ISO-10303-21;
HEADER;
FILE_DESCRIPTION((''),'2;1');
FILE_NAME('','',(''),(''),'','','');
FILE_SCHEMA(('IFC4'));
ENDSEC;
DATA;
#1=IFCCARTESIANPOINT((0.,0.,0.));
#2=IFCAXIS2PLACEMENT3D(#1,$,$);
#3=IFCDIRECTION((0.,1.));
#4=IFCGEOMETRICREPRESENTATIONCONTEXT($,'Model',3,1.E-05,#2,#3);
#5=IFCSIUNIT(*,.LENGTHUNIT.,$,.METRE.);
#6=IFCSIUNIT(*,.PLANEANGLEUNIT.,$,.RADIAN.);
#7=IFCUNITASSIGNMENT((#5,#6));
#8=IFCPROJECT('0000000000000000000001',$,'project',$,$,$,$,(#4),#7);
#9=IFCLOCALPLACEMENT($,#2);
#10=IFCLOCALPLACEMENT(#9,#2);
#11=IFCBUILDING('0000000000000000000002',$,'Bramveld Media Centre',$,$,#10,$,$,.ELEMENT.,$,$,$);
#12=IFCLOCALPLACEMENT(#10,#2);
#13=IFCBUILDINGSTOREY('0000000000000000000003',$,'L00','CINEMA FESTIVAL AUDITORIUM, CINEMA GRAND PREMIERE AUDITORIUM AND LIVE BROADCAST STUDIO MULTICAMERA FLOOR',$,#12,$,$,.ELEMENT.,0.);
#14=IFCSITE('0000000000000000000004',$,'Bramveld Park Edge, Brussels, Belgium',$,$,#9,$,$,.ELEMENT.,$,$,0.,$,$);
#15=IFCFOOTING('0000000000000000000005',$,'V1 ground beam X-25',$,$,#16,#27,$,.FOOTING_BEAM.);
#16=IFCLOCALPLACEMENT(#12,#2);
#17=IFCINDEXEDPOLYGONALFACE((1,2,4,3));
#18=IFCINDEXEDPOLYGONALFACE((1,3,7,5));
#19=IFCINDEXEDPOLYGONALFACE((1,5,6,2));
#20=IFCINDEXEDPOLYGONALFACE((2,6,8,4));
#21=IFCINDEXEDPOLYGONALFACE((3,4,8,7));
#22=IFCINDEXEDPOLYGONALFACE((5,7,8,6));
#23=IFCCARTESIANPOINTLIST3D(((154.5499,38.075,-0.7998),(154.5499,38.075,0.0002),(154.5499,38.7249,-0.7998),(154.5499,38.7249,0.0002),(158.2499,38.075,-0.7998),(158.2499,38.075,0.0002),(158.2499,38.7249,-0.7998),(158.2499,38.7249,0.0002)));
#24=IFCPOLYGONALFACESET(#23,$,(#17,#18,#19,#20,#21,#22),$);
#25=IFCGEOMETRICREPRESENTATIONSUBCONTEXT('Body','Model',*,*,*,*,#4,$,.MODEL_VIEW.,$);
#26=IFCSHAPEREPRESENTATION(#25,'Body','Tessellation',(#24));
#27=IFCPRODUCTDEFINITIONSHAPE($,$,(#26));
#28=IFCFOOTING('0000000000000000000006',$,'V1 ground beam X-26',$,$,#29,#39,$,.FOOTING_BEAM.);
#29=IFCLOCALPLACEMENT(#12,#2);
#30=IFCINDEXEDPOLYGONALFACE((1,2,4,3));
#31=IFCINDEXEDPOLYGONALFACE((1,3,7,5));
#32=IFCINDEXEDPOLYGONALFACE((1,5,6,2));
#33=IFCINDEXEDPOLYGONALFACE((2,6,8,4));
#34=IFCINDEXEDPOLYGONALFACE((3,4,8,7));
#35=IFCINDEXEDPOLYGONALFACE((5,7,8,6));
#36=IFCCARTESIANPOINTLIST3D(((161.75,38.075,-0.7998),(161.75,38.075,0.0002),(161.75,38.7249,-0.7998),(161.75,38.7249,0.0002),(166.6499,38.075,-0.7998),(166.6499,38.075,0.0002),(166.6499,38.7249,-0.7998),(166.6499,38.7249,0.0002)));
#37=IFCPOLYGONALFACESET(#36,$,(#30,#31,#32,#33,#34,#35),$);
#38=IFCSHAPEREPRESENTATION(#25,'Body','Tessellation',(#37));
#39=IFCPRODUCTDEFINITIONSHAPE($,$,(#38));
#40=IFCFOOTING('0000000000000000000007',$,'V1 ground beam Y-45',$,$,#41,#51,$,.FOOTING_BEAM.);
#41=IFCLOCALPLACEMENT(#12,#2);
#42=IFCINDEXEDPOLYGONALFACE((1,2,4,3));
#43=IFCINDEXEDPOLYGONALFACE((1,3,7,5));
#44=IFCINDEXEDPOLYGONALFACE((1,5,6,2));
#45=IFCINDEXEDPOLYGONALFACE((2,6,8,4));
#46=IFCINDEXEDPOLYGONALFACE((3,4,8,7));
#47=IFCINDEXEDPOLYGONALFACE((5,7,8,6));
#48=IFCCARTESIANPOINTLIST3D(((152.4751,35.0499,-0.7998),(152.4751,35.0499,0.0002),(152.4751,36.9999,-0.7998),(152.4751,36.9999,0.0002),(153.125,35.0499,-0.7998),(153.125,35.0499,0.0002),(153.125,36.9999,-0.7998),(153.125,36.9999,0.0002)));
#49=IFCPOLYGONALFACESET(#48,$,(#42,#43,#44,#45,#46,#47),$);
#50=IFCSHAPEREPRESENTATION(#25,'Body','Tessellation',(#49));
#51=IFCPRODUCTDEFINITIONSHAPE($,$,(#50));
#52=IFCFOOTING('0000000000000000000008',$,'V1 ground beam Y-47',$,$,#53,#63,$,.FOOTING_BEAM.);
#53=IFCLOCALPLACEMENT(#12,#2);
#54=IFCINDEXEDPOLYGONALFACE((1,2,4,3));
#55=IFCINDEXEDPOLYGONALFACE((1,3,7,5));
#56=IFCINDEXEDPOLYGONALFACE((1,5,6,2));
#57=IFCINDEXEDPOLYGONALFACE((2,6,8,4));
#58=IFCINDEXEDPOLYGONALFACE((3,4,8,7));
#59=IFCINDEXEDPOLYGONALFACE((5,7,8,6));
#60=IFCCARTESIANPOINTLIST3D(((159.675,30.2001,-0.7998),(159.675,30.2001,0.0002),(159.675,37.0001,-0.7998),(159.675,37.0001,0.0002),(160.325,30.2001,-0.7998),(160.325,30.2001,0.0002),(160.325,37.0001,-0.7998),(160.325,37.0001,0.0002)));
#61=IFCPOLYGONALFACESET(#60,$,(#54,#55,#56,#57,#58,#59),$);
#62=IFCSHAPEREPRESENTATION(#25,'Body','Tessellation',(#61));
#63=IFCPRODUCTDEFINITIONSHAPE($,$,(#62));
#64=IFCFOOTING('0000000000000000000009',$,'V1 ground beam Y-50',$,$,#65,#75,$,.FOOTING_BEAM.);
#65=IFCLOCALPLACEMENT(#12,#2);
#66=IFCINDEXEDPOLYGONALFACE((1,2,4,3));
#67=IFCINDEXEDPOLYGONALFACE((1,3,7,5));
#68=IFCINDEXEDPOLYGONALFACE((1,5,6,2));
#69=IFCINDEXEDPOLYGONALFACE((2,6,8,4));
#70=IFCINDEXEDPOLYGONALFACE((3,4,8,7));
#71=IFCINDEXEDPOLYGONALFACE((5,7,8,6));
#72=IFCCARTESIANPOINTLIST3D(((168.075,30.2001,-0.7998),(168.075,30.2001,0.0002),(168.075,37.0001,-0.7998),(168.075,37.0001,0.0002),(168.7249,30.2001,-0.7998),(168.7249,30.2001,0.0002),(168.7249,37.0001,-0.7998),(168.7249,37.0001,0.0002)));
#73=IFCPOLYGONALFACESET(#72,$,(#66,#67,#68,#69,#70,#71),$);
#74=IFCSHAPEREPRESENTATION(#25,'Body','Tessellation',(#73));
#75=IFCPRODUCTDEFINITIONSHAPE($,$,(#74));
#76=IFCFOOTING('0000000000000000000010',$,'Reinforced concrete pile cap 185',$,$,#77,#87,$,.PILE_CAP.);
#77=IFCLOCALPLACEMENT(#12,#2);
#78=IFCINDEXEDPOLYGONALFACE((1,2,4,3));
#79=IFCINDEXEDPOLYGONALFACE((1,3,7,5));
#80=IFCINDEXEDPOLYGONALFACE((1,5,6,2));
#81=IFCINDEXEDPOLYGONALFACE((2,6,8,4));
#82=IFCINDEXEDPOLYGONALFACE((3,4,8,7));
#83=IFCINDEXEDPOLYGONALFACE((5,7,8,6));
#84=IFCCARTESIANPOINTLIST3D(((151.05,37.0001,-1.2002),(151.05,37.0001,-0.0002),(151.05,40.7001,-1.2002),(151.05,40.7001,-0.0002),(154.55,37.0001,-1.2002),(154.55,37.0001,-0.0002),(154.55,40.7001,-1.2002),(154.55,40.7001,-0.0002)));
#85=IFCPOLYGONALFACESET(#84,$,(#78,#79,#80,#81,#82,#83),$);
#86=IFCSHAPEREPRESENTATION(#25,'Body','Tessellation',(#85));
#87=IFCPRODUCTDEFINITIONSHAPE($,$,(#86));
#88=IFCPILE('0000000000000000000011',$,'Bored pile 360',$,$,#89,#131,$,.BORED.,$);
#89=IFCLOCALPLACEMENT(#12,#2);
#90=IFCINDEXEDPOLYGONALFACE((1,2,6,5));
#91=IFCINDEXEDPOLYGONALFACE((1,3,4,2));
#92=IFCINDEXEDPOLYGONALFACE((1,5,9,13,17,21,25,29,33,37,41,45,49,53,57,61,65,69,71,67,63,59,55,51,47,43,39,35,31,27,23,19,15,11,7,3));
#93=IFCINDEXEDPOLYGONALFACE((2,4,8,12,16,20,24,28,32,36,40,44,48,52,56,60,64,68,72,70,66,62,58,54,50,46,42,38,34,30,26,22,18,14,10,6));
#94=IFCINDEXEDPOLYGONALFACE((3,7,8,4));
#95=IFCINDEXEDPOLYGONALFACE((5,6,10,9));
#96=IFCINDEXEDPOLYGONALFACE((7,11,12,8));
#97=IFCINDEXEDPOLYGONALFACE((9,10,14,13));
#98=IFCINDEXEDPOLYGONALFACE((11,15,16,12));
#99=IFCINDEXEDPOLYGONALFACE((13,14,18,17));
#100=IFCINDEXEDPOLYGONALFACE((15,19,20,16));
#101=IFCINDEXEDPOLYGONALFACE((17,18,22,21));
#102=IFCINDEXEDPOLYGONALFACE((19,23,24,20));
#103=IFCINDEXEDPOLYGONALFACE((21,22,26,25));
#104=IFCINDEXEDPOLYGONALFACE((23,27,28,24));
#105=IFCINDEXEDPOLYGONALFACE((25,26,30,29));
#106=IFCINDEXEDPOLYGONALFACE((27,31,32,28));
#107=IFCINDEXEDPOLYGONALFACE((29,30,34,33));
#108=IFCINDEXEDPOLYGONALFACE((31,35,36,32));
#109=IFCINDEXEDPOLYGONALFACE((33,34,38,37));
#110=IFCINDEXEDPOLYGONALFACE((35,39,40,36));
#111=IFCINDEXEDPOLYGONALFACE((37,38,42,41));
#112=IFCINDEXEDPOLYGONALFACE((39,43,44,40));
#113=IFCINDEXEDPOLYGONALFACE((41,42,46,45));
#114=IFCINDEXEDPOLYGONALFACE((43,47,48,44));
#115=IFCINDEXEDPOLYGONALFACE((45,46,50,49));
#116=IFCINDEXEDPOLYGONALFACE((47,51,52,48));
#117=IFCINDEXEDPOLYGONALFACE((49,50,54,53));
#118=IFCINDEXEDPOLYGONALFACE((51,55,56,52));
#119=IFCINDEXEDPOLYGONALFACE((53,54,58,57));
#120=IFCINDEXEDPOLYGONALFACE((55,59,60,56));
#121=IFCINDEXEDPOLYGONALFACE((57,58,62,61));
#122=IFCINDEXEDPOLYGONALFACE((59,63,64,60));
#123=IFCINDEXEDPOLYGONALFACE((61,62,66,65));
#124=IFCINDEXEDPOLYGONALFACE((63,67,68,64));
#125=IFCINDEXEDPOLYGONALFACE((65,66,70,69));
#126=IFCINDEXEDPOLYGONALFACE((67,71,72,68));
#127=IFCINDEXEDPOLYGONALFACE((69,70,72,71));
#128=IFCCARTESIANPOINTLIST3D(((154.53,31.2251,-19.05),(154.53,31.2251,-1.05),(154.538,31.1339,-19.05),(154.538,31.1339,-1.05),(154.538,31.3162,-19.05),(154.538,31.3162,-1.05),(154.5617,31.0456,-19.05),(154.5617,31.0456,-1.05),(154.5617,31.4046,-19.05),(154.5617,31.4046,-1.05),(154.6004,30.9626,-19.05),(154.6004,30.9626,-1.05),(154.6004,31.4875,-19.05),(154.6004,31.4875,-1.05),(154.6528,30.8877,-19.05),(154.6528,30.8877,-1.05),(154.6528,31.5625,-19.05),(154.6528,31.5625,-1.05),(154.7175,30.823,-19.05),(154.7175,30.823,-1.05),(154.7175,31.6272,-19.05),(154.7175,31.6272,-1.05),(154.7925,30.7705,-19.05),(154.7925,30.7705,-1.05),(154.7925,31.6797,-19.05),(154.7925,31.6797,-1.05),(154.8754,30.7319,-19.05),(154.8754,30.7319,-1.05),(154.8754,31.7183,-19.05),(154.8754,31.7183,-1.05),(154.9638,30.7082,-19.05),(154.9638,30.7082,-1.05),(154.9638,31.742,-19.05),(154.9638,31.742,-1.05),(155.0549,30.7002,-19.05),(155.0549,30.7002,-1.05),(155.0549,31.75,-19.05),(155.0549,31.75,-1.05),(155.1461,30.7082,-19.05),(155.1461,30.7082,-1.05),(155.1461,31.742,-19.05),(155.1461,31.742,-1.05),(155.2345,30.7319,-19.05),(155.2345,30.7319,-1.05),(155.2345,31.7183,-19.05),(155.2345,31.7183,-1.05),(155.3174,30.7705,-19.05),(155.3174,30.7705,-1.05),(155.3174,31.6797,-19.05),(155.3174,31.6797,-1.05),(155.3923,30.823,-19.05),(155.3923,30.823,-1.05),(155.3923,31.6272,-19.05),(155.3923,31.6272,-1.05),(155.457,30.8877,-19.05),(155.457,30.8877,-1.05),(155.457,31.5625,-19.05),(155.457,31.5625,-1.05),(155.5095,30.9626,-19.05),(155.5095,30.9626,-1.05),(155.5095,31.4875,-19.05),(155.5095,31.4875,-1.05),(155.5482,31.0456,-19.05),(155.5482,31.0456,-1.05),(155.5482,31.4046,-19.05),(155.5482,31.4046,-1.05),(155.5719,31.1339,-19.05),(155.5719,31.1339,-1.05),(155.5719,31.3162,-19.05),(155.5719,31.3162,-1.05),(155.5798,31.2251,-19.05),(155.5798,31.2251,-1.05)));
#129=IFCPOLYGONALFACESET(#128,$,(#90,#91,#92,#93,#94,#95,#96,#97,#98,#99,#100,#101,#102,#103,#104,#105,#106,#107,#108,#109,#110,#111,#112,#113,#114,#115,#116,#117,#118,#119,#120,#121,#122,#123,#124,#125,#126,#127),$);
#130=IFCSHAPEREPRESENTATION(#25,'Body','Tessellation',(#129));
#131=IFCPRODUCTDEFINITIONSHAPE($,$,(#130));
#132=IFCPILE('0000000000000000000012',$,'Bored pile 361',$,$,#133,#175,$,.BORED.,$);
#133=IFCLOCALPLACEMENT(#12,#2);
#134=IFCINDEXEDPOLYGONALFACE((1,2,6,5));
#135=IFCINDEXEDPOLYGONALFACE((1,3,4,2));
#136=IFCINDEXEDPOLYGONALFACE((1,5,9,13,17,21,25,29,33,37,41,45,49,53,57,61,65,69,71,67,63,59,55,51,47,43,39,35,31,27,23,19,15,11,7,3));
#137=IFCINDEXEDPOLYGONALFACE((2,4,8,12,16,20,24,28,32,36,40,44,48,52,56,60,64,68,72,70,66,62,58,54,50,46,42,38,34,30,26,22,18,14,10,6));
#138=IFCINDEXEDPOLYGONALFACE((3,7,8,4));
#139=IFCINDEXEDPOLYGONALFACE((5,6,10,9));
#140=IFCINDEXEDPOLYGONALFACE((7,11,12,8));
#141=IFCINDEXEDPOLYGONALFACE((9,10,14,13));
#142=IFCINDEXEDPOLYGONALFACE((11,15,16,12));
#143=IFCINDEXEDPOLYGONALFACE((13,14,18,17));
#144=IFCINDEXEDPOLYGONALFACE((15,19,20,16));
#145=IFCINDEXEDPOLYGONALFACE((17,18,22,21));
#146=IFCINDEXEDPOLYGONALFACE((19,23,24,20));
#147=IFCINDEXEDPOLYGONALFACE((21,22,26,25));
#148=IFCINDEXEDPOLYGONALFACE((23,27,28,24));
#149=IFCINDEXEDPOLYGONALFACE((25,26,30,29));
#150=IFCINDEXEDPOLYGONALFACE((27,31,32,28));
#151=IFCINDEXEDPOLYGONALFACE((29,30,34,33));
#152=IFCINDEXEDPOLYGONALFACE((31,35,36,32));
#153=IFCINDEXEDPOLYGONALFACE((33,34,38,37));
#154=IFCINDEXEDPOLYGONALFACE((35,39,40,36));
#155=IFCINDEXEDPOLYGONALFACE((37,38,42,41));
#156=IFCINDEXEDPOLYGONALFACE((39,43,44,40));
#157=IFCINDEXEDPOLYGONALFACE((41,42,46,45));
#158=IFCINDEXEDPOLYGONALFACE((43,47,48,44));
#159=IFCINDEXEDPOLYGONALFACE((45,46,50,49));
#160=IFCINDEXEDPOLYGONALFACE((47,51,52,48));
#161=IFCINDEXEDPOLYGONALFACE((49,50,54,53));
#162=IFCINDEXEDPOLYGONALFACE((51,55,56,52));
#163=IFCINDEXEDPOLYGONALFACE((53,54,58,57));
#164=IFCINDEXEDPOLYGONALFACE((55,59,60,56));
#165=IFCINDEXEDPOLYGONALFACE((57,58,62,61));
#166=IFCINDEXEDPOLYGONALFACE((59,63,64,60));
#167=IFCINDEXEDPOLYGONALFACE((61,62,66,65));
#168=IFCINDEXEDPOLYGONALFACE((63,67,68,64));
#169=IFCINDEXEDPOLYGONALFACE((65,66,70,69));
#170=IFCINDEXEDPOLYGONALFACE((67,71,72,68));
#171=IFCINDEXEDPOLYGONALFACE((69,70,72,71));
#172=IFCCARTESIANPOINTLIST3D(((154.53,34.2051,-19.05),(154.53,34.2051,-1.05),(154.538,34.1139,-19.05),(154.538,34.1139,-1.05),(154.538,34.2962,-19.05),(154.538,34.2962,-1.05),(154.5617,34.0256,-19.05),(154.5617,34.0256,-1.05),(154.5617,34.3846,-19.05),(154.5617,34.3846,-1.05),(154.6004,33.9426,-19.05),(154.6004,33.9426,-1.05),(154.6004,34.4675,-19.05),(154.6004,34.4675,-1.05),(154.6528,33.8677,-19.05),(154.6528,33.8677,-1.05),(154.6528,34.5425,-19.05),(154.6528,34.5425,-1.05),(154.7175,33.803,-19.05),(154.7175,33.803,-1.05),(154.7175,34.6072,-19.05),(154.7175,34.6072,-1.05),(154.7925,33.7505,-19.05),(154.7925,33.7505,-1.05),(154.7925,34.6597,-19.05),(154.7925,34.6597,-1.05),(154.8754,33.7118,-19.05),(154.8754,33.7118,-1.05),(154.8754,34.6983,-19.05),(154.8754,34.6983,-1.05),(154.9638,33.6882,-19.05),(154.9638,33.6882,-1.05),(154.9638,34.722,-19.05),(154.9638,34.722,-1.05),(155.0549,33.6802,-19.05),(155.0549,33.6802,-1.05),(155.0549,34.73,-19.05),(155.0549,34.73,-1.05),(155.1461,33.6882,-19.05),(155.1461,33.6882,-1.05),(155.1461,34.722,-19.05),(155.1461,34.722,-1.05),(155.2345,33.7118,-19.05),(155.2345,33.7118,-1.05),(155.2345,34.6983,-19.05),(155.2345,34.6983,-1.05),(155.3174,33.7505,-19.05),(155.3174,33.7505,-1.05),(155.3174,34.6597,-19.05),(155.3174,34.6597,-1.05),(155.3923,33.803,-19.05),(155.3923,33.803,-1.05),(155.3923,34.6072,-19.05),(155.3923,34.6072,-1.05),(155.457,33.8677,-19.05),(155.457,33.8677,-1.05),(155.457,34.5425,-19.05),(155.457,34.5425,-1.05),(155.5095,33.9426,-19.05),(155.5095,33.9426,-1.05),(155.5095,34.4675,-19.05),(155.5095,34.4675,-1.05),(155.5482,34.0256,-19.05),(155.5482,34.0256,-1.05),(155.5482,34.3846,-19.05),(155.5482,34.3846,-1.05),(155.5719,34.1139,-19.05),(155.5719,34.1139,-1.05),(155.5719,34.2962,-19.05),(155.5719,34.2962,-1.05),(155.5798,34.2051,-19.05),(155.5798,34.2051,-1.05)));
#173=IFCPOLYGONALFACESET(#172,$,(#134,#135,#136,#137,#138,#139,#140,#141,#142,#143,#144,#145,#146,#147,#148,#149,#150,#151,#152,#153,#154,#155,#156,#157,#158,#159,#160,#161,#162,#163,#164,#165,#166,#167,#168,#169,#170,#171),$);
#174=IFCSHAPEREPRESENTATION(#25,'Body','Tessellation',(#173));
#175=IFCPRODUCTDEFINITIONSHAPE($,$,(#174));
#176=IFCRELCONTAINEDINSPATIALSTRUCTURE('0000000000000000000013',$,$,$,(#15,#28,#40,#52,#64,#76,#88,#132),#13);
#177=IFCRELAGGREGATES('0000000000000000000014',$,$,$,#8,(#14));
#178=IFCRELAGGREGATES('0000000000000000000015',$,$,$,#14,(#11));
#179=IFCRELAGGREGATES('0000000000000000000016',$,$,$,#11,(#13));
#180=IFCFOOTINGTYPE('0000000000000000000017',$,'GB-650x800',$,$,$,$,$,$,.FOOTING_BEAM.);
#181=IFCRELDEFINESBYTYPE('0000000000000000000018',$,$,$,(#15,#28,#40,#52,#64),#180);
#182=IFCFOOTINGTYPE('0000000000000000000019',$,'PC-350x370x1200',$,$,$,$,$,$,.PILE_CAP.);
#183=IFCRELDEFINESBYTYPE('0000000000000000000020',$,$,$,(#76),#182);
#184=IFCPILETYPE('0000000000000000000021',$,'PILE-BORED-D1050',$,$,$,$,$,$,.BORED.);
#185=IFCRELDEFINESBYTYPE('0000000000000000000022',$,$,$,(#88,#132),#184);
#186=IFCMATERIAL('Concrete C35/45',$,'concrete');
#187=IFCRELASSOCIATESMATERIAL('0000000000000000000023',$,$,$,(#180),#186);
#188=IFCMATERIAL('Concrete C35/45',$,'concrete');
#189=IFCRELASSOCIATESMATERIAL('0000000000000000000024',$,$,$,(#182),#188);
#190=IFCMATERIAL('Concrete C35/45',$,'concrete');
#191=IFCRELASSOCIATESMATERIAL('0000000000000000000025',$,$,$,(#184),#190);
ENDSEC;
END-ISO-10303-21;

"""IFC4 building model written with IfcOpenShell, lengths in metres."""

from ifc_helpers import new_model, si_unit, direction, frame, origin, origin_2d, place, context, subcontext, project, spatial, rectangle, circle, extrude, material, material_profile, profile_set, type_object, element, save


model = new_model("IFC4")

# Units and contexts
model_context = context("Model", 3, precision=1e-05, world=origin(), true_north=direction((0.0, 1.0)))
body_context = subcontext(model_context, "Body", "Model", "MODEL_VIEW")
ifc_project = project(units=[si_unit("LENGTHUNIT", "METRE"), si_unit("PLANEANGLEUNIT", "RADIAN")], contexts=[model_context])

# Site, building, storey
site_placement = place(None, origin())
site = spatial("IfcSite", under=ifc_project, at=site_placement, Name="Bramveld Park Edge, Brussels, Belgium", CompositionType="ELEMENT", RefElevation=0.0)
building_placement = place(site_placement, origin())
building = spatial("IfcBuilding", under=site, at=building_placement, Name="Bramveld Media Centre", CompositionType="ELEMENT")
storey_placement = place(building_placement, origin())
storey = spatial("IfcBuildingStorey", under=building, at=storey_placement, Name="L00", Description="CINEMA FESTIVAL AUDITORIUM, CINEMA GRAND PREMIERE AUDITORIUM AND LIVE BROADCAST STUDIO MULTICAMERA FLOOR", CompositionType="ELEMENT", Elevation=0.0)

# Footings
ifc_material_1 = material(Name="Concrete C35/45", Category="concrete")
footing_type_1 = type_object("IfcFootingType", Name="GB-650x800", PredefinedType="FOOTING_BEAM", material=ifc_material_1)
footing_1_placement = place(storey_placement, frame((156.3999, 38.3999, -0.7998), z_axis=(0.0, 0.0, 1.0), x_axis=(1.0, 0.0, 0.0)))
element("IfcFooting", 1, at=footing_1_placement, inside=storey, type_object=footing_type_1, Name="V1 ground beam X-25", PredefinedType="FOOTING_BEAM", context=body_context, shape_type="SweptSolid", body=[
    extrude(rectangle(XDim=3.7, YDim=0.6499, at=origin_2d()), origin(), (0.0, 0.0, 1.0), 0.8),
])
footing_2_placement = place(storey_placement, frame((164.2, 38.3999, -0.7998), z_axis=(0.0, 0.0, 1.0), x_axis=(1.0, 0.0, 0.0)))
element("IfcFooting", 2, at=footing_2_placement, inside=storey, type_object=footing_type_1, Name="V1 ground beam X-26", PredefinedType="FOOTING_BEAM", context=body_context, shape_type="SweptSolid", body=[
    extrude(rectangle(XDim=4.8999, YDim=0.6499, at=origin_2d()), origin(), (0.0, 0.0, 1.0), 0.8),
])
footing_3_placement = place(storey_placement, frame((152.8, 36.0249, -0.7998), z_axis=(0.0, 0.0, 1.0), x_axis=(1.0, 0.0, 0.0)))
element("IfcFooting", 3, at=footing_3_placement, inside=storey, type_object=footing_type_1, Name="V1 ground beam Y-45", PredefinedType="FOOTING_BEAM", context=body_context, shape_type="SweptSolid", body=[
    extrude(rectangle(XDim=0.6499, YDim=1.95, at=origin_2d()), origin(), (0.0, 0.0, 1.0), 0.8),
])
for number, where, z_axis, x_axis, name in (
    (4, (160.0, 33.6001, -0.7998), (0.0, 0.0, 1.0), (1.0, 0.0, 0.0), "V1 ground beam Y-47"),
    (5, (168.3999, 33.6001, -0.7998), (0.0, 0.0, 1.0), (1.0, 0.0, 0.0), "V1 ground beam Y-50"),
):
    element("IfcFooting", number, at=place(storey_placement, frame(where, z_axis=z_axis, x_axis=x_axis)), inside=storey, type_object=footing_type_1, Name=name, PredefinedType="FOOTING_BEAM", context=body_context, shape_type="SweptSolid", body=[
        extrude(rectangle(XDim=0.6499, YDim=6.8, at=origin_2d()), origin(), (0.0, 0.0, 1.0), 0.8),
    ])
ifc_material_2 = material(Name="Concrete C35/45", Category="concrete")
footing_type_2 = type_object("IfcFootingType", Name="PC-350x370x1200", PredefinedType="PILE_CAP", material=ifc_material_2)
footing_4_placement = place(storey_placement, frame((152.8, 38.8501, -1.2002), z_axis=(0.0, 0.0, 1.0), x_axis=(1.0, 0.0, 0.0)))
element("IfcFooting", 6, at=footing_4_placement, inside=storey, type_object=footing_type_2, Name="Reinforced concrete pile cap 185", PredefinedType="PILE_CAP", context=body_context, shape_type="SweptSolid", body=[
    extrude(rectangle(XDim=3.5, YDim=3.7, at=origin_2d()), origin(), (0.0, 0.0, 1.0), 1.2),
])

# Piles
ifc_material_3 = material(Name="Concrete C35/45", Category="concrete")
ifc_material_profile_1 = material_profile(ifc_material_3, circle(Radius=0.5249, at=origin_2d()), Name="BORED D1050")
ifc_profile_set_1 = profile_set([ifc_material_profile_1], Name="Concrete C35/45")
pile_type_1 = type_object("IfcPileType", Name="PILE-BORED-D1050", PredefinedType="BORED", material=ifc_profile_set_1)
for number, where, z_axis, x_axis, name in (
    (7, (155.0549, 31.2251, -1.05), (0.0, 0.0, -1.0), (1.0, 0.0, 0.0), "Bored pile 360"),
    (8, (155.0549, 34.2051, -1.05), (0.0, 0.0, -1.0), (1.0, 0.0, 0.0), "Bored pile 361"),
):
    element("IfcPile", number, at=place(storey_placement, frame(where, z_axis=z_axis, x_axis=x_axis)), inside=storey, type_object=pile_type_1, Name=name, PredefinedType="BORED", context=body_context, shape_type="SweptSolid", body=[
        extrude(circle(Radius=0.5249, at=origin_2d()), origin(), (0.0, 0.0, 1.0), 18.0),
    ])

save(model, "model.ifc")
